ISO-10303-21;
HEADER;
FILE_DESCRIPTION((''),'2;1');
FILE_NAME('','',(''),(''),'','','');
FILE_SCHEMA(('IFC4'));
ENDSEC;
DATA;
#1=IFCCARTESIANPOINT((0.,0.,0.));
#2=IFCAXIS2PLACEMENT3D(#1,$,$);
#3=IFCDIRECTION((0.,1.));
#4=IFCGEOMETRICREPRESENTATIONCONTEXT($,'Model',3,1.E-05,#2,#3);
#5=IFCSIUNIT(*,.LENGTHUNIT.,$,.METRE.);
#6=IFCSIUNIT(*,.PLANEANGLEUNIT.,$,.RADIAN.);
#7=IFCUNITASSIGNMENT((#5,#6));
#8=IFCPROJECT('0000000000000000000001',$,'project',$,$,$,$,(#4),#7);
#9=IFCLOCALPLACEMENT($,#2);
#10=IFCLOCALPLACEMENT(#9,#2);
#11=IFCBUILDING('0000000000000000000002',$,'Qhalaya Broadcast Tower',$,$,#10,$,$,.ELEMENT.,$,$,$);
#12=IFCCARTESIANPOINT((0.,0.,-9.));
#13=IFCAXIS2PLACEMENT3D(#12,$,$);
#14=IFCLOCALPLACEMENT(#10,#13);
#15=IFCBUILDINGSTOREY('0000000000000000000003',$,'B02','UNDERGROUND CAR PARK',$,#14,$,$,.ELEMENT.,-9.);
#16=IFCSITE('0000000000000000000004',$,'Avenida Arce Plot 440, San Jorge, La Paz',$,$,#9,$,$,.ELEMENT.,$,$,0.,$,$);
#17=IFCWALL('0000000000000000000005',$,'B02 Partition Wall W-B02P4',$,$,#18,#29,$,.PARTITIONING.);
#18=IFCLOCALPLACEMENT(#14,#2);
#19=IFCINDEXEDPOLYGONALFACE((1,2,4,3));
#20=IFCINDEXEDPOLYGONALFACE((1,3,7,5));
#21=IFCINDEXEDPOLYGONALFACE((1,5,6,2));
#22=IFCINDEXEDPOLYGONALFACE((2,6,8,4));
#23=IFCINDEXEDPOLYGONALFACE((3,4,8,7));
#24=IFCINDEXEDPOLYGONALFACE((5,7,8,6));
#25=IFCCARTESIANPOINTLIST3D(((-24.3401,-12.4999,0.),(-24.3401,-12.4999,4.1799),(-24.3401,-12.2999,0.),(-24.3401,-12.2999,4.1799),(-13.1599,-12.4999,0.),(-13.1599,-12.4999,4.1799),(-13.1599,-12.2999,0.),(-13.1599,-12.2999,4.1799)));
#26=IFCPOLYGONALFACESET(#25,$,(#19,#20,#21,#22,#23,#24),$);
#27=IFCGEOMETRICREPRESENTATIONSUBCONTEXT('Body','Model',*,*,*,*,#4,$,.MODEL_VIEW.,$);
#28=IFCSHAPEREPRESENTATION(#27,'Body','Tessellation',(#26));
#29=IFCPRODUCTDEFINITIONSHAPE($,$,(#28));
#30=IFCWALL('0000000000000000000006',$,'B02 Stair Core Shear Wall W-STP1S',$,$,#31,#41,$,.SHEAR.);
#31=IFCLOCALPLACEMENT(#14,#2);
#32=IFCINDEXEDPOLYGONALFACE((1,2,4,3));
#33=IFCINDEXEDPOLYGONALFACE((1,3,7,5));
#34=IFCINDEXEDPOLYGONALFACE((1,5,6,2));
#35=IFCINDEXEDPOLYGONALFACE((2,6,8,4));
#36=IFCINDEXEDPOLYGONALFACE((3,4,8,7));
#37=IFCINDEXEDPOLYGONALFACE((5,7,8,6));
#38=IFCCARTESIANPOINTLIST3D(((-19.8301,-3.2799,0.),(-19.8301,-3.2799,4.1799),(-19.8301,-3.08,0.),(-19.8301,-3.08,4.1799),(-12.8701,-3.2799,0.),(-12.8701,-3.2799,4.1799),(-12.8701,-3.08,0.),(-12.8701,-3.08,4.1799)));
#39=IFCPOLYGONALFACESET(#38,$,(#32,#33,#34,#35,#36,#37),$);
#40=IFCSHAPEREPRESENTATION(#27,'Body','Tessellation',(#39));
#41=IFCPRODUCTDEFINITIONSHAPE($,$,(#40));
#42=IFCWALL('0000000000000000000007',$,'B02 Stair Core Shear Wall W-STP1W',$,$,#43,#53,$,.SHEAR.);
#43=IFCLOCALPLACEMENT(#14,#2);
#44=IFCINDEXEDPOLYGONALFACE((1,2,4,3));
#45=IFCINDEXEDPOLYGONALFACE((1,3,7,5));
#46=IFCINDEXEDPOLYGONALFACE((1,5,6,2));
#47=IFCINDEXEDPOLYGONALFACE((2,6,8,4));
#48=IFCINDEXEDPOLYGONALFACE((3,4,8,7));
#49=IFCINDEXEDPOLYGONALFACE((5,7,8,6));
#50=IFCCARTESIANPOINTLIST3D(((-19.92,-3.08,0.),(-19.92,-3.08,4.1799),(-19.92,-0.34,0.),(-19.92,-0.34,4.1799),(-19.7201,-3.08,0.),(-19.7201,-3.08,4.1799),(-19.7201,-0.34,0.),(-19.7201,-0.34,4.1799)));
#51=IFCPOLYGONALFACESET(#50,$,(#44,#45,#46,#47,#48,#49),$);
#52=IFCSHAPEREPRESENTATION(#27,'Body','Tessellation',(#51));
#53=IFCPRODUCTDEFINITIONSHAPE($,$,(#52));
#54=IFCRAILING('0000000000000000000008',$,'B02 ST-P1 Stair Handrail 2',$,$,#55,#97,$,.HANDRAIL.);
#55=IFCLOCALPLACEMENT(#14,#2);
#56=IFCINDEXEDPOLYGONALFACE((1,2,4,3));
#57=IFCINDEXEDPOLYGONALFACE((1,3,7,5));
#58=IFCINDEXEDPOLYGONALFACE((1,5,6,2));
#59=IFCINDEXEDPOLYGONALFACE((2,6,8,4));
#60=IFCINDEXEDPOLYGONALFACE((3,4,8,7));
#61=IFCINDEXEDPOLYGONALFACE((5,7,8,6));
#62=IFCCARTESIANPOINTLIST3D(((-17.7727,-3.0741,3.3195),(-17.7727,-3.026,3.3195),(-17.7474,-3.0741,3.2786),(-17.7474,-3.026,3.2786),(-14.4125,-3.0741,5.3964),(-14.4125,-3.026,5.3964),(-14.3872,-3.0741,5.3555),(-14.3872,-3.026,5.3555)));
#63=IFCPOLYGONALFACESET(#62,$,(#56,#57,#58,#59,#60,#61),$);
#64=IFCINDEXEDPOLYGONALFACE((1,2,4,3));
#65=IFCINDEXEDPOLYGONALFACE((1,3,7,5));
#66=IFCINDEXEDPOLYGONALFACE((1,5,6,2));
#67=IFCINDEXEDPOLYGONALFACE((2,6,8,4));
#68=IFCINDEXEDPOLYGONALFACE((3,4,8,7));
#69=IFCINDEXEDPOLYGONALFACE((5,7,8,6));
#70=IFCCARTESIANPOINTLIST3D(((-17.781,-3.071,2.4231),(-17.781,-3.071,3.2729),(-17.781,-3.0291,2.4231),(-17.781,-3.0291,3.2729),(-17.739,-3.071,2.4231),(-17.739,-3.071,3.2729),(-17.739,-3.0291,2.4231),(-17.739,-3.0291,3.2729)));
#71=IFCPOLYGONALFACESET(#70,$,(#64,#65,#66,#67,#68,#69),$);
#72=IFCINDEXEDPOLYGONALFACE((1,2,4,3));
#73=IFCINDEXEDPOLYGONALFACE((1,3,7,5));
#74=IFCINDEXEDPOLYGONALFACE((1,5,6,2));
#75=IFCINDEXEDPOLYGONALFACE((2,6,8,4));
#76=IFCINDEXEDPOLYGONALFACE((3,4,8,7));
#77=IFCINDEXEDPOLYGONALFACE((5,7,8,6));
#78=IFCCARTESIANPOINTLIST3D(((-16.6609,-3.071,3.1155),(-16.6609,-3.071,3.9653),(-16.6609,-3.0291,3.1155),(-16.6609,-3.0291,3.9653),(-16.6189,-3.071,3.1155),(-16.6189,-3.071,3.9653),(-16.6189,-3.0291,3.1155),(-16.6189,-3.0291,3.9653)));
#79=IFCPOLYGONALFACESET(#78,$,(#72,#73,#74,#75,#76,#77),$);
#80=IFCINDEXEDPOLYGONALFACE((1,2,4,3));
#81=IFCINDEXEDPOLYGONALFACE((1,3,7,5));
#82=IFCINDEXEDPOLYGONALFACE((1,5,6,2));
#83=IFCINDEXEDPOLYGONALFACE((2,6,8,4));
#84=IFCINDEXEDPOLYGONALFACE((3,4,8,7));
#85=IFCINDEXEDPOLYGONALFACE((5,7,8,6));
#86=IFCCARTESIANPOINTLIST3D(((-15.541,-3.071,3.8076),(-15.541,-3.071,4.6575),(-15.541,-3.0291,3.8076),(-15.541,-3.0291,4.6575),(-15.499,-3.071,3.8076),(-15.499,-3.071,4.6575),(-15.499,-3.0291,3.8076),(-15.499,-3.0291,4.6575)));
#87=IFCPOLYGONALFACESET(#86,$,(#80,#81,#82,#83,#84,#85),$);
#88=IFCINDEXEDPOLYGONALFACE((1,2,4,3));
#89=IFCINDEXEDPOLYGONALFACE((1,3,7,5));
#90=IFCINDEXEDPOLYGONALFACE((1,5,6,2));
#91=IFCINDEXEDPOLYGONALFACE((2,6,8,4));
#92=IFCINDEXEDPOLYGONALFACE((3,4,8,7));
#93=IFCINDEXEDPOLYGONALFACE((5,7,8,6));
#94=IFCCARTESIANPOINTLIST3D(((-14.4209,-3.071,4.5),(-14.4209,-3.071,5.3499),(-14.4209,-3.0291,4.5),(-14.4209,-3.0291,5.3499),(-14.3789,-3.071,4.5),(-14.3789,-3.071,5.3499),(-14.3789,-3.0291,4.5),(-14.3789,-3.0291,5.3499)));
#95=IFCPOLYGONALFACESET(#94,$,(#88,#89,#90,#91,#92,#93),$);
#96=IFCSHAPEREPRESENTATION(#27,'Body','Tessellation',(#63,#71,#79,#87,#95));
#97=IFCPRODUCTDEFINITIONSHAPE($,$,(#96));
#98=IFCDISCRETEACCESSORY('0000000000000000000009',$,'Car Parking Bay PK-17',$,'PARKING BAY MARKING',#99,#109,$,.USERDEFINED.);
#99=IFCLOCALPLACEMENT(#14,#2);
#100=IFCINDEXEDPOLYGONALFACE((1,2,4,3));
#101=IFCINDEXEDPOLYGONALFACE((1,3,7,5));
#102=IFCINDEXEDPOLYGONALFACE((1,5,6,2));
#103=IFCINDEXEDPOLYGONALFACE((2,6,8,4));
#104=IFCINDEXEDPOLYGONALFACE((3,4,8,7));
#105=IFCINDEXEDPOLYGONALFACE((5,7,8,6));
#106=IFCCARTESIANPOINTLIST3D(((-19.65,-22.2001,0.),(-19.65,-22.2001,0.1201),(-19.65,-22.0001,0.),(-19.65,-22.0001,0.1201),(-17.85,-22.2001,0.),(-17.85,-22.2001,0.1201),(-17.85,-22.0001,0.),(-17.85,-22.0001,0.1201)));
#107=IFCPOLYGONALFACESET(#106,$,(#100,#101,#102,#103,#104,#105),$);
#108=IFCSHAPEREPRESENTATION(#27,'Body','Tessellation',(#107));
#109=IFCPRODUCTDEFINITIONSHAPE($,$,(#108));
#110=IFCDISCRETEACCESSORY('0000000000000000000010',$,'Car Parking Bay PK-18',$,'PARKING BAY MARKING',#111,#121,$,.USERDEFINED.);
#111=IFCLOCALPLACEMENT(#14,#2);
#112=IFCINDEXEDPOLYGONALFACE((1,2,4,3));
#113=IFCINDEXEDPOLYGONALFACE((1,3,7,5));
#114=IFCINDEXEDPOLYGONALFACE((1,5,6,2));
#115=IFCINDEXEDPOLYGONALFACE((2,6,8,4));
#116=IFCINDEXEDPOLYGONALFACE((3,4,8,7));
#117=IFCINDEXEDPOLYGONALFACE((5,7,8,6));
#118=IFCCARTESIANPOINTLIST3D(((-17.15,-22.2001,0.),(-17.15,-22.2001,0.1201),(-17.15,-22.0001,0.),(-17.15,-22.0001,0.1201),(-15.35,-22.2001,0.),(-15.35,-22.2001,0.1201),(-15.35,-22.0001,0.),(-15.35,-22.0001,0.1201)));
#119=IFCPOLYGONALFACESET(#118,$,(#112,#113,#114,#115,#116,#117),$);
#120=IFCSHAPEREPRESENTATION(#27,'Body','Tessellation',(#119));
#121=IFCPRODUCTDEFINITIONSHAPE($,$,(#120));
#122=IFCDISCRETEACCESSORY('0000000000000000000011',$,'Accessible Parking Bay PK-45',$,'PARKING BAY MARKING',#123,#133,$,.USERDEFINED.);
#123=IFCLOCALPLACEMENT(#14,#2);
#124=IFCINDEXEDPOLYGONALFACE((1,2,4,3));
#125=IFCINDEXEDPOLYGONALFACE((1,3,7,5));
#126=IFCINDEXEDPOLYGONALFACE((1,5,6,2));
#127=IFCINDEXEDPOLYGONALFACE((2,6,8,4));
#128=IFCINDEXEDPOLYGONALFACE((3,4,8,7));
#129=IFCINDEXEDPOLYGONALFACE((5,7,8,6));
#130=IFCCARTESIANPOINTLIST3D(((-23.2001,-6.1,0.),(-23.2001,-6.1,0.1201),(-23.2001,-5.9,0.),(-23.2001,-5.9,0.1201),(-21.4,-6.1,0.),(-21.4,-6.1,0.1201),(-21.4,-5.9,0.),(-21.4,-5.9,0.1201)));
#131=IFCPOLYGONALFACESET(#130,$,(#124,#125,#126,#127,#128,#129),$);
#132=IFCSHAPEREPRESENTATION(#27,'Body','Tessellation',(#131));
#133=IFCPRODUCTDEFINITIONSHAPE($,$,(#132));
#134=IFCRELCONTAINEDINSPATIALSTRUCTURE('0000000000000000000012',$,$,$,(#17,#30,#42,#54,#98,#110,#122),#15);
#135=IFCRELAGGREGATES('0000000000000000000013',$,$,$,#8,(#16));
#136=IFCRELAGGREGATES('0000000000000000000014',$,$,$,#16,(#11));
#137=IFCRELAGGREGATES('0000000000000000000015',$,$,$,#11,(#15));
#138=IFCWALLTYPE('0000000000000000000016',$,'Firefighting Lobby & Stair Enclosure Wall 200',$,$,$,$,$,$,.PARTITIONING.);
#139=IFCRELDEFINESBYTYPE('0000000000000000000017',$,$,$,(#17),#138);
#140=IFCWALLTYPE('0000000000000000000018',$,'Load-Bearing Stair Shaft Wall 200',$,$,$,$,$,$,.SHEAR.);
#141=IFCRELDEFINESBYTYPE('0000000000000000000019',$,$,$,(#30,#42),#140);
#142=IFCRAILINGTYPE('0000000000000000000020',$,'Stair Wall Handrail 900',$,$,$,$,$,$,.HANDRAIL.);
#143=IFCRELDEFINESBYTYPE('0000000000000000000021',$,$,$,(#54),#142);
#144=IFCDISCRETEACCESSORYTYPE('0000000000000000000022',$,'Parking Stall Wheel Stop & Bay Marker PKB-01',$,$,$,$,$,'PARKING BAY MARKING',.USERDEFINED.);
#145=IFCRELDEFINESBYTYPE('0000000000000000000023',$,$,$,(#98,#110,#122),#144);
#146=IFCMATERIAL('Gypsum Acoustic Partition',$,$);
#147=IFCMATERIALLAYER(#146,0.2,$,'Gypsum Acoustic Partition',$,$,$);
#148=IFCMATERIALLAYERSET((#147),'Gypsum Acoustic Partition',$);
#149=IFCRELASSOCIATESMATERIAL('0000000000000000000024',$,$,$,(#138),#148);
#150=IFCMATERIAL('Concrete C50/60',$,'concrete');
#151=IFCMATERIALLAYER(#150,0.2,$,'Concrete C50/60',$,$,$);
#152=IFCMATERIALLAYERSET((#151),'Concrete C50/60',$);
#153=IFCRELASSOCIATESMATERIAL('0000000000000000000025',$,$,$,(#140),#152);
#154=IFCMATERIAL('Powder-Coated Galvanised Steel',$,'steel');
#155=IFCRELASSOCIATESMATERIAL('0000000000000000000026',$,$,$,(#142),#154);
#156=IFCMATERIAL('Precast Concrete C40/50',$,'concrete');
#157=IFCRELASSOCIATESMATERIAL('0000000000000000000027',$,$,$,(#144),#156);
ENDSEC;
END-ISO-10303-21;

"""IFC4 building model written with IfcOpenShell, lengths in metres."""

from ifc_helpers import new_model, si_unit, direction, frame, frame_2d, origin, origin_2d, place, context, subcontext, project, spatial, rectangle, extrude, material, layer, layer_set, type_object, element, save


model = new_model("IFC4")

# Units and contexts
model_context = context("Model", 3, precision=1e-05, world=origin(), true_north=direction((0.0, 1.0)))
body_context = subcontext(model_context, "Body", "Model", "MODEL_VIEW")
ifc_project = project(units=[si_unit("LENGTHUNIT", "METRE"), si_unit("PLANEANGLEUNIT", "RADIAN")], contexts=[model_context])

# Site, building, storey
site_placement = place(None, origin())
site = spatial("IfcSite", under=ifc_project, at=site_placement, Name="Avenida Arce Plot 440, San Jorge, La Paz", CompositionType="ELEMENT", RefElevation=0.0)
building_placement = place(site_placement, origin())
building = spatial("IfcBuilding", under=site, at=building_placement, Name="Qhalaya Broadcast Tower", CompositionType="ELEMENT")
storey_placement = place(building_placement, frame((0.0, 0.0, -9.0)))
storey = spatial("IfcBuildingStorey", under=building, at=storey_placement, Name="B02", Description="UNDERGROUND CAR PARK", CompositionType="ELEMENT", Elevation=-9.0)

# Shared definitions
ifc_material_1 = material(Name="Concrete C50/60", Category="concrete")

# Shared definitions
ifc_material_2 = material(Name="Gypsum Acoustic Partition")
ifc_layer_1 = layer(ifc_material_2, 0.2, Name="Gypsum Acoustic Partition")
ifc_layer_set_1 = layer_set([ifc_layer_1], Name="Gypsum Acoustic Partition")
wall_type_1 = type_object("IfcWallType", Name="Firefighting Lobby & Stair Enclosure Wall 200", PredefinedType="PARTITIONING", material=ifc_layer_set_1)

# Walls
wall_1_placement = place(storey_placement, frame((-24.3401, -12.3999, 0.0), z_axis=(0.0, 0.0, 1.0), x_axis=(1.0, 0.0, 0.0)))
element("IfcWall", 1, at=wall_1_placement, inside=storey, type_object=wall_type_1, Name="B02 Partition Wall W-B02P4", PredefinedType="PARTITIONING", context=body_context, shape_type="SweptSolid", body=[
    extrude(rectangle(XDim=11.1802, YDim=0.2, at=frame_2d((5.5901, 0.0))), origin(), (0.0, 0.0, 1.0), 4.1799),
])
ifc_layer_2 = layer(ifc_material_1, 0.2, Name="Concrete C50/60")
ifc_layer_set_2 = layer_set([ifc_layer_2], Name="Concrete C50/60")
wall_type_2 = type_object("IfcWallType", Name="Load-Bearing Stair Shaft Wall 200", PredefinedType="SHEAR", material=ifc_layer_set_2)
wall_2_placement = place(storey_placement, frame((-19.8301, -3.1799, 0.0), z_axis=(0.0, 0.0, 1.0), x_axis=(1.0, 0.0, 0.0)))
element("IfcWall", 2, at=wall_2_placement, inside=storey, type_object=wall_type_2, Name="B02 Stair Core Shear Wall W-STP1S", PredefinedType="SHEAR", context=body_context, shape_type="SweptSolid", body=[
    extrude(rectangle(XDim=6.96, YDim=0.2, at=frame_2d((3.48, 0.0))), origin(), (0.0, 0.0, 1.0), 4.1799),
])
wall_3_placement = place(storey_placement, frame((-19.8201, -3.0801, 0.0), z_axis=(0.0, 0.0, 1.0), x_axis=(0.0, 1.0, 0.0)))
element("IfcWall", 3, at=wall_3_placement, inside=storey, type_object=wall_type_2, Name="B02 Stair Core Shear Wall W-STP1W", PredefinedType="SHEAR", context=body_context, shape_type="SweptSolid", body=[
    extrude(rectangle(XDim=2.74, YDim=0.2, at=frame_2d((1.3701, 0.0))), origin(), (0.0, 0.0, 1.0), 4.1799),
])

# Railing
ifc_material_3 = material(Name="Powder-Coated Galvanised Steel", Category="steel")
railing_type = type_object("IfcRailingType", Name="Stair Wall Handrail 900", PredefinedType="HANDRAIL", material=ifc_material_3)
railing_placement = place(storey_placement, frame((-17.76, -3.05, 2.4231)))
element("IfcRailing", 4, at=railing_placement, inside=storey, type_object=railing_type, Name="B02 ST-P1 Stair Handrail 2", PredefinedType="HANDRAIL", context=body_context, shape_type="SweptSolid", body=[
    extrude(rectangle(XDim=0.0481, YDim=0.0481, at=origin_2d()), frame((0.0, 0.0, 0.876), z_axis=(0.850623, 0.0, 0.525776), x_axis=(0.0, 1.0, 0.0)), (0.0, 0.0, 1.0), 3.9502),
    extrude(rectangle(XDim=0.042, YDim=0.042, at=origin_2d()), origin(), (0.0, 0.0, 1.0), 0.8499),
    extrude(rectangle(XDim=0.042, YDim=0.042, at=origin_2d()), frame((1.1201, 0.0, 0.6924)), (0.0, 0.0, 1.0), 0.8499),
    extrude(rectangle(XDim=0.042, YDim=0.042, at=origin_2d()), frame((2.24, 0.0, 1.3845)), (0.0, 0.0, 1.0), 0.8499),
    extrude(rectangle(XDim=0.042, YDim=0.042, at=origin_2d()), frame((3.3601, 0.0, 2.0769)), (0.0, 0.0, 1.0), 0.8499),
])

# Discrete accessories
ifc_material_4 = material(Name="Precast Concrete C40/50", Category="concrete")
discrete_accessory_type = type_object("IfcDiscreteAccessoryType", Name="Parking Stall Wheel Stop & Bay Marker PKB-01", ElementType="PARKING BAY MARKING", PredefinedType="USERDEFINED", material=ifc_material_4)
for number, where, z_axis, x_axis, name in (
    (5, (-18.75, -22.1001, 0.0), (0.0, 0.0, 1.0), (1.0, 0.0, 0.0), "Car Parking Bay PK-17"),
    (6, (-16.25, -22.1001, 0.0), (0.0, 0.0, 1.0), (1.0, 0.0, 0.0), "Car Parking Bay PK-18"),
    (7, (-22.3, -6.0, 0.0), (0.0, 0.0, 1.0), (1.0, 0.0, 0.0), "Accessible Parking Bay PK-45"),
):
    element("IfcDiscreteAccessory", number, at=place(storey_placement, frame(where, z_axis=z_axis, x_axis=x_axis)), inside=storey, type_object=discrete_accessory_type, Name=name, ObjectType="PARKING BAY MARKING", PredefinedType="USERDEFINED", context=body_context, shape_type="SweptSolid", body=[
        extrude(rectangle(XDim=1.8, YDim=0.2, at=origin_2d()), origin(), (0.0, 0.0, 1.0), 0.1201),
    ])

save(model, "model.ifc")
